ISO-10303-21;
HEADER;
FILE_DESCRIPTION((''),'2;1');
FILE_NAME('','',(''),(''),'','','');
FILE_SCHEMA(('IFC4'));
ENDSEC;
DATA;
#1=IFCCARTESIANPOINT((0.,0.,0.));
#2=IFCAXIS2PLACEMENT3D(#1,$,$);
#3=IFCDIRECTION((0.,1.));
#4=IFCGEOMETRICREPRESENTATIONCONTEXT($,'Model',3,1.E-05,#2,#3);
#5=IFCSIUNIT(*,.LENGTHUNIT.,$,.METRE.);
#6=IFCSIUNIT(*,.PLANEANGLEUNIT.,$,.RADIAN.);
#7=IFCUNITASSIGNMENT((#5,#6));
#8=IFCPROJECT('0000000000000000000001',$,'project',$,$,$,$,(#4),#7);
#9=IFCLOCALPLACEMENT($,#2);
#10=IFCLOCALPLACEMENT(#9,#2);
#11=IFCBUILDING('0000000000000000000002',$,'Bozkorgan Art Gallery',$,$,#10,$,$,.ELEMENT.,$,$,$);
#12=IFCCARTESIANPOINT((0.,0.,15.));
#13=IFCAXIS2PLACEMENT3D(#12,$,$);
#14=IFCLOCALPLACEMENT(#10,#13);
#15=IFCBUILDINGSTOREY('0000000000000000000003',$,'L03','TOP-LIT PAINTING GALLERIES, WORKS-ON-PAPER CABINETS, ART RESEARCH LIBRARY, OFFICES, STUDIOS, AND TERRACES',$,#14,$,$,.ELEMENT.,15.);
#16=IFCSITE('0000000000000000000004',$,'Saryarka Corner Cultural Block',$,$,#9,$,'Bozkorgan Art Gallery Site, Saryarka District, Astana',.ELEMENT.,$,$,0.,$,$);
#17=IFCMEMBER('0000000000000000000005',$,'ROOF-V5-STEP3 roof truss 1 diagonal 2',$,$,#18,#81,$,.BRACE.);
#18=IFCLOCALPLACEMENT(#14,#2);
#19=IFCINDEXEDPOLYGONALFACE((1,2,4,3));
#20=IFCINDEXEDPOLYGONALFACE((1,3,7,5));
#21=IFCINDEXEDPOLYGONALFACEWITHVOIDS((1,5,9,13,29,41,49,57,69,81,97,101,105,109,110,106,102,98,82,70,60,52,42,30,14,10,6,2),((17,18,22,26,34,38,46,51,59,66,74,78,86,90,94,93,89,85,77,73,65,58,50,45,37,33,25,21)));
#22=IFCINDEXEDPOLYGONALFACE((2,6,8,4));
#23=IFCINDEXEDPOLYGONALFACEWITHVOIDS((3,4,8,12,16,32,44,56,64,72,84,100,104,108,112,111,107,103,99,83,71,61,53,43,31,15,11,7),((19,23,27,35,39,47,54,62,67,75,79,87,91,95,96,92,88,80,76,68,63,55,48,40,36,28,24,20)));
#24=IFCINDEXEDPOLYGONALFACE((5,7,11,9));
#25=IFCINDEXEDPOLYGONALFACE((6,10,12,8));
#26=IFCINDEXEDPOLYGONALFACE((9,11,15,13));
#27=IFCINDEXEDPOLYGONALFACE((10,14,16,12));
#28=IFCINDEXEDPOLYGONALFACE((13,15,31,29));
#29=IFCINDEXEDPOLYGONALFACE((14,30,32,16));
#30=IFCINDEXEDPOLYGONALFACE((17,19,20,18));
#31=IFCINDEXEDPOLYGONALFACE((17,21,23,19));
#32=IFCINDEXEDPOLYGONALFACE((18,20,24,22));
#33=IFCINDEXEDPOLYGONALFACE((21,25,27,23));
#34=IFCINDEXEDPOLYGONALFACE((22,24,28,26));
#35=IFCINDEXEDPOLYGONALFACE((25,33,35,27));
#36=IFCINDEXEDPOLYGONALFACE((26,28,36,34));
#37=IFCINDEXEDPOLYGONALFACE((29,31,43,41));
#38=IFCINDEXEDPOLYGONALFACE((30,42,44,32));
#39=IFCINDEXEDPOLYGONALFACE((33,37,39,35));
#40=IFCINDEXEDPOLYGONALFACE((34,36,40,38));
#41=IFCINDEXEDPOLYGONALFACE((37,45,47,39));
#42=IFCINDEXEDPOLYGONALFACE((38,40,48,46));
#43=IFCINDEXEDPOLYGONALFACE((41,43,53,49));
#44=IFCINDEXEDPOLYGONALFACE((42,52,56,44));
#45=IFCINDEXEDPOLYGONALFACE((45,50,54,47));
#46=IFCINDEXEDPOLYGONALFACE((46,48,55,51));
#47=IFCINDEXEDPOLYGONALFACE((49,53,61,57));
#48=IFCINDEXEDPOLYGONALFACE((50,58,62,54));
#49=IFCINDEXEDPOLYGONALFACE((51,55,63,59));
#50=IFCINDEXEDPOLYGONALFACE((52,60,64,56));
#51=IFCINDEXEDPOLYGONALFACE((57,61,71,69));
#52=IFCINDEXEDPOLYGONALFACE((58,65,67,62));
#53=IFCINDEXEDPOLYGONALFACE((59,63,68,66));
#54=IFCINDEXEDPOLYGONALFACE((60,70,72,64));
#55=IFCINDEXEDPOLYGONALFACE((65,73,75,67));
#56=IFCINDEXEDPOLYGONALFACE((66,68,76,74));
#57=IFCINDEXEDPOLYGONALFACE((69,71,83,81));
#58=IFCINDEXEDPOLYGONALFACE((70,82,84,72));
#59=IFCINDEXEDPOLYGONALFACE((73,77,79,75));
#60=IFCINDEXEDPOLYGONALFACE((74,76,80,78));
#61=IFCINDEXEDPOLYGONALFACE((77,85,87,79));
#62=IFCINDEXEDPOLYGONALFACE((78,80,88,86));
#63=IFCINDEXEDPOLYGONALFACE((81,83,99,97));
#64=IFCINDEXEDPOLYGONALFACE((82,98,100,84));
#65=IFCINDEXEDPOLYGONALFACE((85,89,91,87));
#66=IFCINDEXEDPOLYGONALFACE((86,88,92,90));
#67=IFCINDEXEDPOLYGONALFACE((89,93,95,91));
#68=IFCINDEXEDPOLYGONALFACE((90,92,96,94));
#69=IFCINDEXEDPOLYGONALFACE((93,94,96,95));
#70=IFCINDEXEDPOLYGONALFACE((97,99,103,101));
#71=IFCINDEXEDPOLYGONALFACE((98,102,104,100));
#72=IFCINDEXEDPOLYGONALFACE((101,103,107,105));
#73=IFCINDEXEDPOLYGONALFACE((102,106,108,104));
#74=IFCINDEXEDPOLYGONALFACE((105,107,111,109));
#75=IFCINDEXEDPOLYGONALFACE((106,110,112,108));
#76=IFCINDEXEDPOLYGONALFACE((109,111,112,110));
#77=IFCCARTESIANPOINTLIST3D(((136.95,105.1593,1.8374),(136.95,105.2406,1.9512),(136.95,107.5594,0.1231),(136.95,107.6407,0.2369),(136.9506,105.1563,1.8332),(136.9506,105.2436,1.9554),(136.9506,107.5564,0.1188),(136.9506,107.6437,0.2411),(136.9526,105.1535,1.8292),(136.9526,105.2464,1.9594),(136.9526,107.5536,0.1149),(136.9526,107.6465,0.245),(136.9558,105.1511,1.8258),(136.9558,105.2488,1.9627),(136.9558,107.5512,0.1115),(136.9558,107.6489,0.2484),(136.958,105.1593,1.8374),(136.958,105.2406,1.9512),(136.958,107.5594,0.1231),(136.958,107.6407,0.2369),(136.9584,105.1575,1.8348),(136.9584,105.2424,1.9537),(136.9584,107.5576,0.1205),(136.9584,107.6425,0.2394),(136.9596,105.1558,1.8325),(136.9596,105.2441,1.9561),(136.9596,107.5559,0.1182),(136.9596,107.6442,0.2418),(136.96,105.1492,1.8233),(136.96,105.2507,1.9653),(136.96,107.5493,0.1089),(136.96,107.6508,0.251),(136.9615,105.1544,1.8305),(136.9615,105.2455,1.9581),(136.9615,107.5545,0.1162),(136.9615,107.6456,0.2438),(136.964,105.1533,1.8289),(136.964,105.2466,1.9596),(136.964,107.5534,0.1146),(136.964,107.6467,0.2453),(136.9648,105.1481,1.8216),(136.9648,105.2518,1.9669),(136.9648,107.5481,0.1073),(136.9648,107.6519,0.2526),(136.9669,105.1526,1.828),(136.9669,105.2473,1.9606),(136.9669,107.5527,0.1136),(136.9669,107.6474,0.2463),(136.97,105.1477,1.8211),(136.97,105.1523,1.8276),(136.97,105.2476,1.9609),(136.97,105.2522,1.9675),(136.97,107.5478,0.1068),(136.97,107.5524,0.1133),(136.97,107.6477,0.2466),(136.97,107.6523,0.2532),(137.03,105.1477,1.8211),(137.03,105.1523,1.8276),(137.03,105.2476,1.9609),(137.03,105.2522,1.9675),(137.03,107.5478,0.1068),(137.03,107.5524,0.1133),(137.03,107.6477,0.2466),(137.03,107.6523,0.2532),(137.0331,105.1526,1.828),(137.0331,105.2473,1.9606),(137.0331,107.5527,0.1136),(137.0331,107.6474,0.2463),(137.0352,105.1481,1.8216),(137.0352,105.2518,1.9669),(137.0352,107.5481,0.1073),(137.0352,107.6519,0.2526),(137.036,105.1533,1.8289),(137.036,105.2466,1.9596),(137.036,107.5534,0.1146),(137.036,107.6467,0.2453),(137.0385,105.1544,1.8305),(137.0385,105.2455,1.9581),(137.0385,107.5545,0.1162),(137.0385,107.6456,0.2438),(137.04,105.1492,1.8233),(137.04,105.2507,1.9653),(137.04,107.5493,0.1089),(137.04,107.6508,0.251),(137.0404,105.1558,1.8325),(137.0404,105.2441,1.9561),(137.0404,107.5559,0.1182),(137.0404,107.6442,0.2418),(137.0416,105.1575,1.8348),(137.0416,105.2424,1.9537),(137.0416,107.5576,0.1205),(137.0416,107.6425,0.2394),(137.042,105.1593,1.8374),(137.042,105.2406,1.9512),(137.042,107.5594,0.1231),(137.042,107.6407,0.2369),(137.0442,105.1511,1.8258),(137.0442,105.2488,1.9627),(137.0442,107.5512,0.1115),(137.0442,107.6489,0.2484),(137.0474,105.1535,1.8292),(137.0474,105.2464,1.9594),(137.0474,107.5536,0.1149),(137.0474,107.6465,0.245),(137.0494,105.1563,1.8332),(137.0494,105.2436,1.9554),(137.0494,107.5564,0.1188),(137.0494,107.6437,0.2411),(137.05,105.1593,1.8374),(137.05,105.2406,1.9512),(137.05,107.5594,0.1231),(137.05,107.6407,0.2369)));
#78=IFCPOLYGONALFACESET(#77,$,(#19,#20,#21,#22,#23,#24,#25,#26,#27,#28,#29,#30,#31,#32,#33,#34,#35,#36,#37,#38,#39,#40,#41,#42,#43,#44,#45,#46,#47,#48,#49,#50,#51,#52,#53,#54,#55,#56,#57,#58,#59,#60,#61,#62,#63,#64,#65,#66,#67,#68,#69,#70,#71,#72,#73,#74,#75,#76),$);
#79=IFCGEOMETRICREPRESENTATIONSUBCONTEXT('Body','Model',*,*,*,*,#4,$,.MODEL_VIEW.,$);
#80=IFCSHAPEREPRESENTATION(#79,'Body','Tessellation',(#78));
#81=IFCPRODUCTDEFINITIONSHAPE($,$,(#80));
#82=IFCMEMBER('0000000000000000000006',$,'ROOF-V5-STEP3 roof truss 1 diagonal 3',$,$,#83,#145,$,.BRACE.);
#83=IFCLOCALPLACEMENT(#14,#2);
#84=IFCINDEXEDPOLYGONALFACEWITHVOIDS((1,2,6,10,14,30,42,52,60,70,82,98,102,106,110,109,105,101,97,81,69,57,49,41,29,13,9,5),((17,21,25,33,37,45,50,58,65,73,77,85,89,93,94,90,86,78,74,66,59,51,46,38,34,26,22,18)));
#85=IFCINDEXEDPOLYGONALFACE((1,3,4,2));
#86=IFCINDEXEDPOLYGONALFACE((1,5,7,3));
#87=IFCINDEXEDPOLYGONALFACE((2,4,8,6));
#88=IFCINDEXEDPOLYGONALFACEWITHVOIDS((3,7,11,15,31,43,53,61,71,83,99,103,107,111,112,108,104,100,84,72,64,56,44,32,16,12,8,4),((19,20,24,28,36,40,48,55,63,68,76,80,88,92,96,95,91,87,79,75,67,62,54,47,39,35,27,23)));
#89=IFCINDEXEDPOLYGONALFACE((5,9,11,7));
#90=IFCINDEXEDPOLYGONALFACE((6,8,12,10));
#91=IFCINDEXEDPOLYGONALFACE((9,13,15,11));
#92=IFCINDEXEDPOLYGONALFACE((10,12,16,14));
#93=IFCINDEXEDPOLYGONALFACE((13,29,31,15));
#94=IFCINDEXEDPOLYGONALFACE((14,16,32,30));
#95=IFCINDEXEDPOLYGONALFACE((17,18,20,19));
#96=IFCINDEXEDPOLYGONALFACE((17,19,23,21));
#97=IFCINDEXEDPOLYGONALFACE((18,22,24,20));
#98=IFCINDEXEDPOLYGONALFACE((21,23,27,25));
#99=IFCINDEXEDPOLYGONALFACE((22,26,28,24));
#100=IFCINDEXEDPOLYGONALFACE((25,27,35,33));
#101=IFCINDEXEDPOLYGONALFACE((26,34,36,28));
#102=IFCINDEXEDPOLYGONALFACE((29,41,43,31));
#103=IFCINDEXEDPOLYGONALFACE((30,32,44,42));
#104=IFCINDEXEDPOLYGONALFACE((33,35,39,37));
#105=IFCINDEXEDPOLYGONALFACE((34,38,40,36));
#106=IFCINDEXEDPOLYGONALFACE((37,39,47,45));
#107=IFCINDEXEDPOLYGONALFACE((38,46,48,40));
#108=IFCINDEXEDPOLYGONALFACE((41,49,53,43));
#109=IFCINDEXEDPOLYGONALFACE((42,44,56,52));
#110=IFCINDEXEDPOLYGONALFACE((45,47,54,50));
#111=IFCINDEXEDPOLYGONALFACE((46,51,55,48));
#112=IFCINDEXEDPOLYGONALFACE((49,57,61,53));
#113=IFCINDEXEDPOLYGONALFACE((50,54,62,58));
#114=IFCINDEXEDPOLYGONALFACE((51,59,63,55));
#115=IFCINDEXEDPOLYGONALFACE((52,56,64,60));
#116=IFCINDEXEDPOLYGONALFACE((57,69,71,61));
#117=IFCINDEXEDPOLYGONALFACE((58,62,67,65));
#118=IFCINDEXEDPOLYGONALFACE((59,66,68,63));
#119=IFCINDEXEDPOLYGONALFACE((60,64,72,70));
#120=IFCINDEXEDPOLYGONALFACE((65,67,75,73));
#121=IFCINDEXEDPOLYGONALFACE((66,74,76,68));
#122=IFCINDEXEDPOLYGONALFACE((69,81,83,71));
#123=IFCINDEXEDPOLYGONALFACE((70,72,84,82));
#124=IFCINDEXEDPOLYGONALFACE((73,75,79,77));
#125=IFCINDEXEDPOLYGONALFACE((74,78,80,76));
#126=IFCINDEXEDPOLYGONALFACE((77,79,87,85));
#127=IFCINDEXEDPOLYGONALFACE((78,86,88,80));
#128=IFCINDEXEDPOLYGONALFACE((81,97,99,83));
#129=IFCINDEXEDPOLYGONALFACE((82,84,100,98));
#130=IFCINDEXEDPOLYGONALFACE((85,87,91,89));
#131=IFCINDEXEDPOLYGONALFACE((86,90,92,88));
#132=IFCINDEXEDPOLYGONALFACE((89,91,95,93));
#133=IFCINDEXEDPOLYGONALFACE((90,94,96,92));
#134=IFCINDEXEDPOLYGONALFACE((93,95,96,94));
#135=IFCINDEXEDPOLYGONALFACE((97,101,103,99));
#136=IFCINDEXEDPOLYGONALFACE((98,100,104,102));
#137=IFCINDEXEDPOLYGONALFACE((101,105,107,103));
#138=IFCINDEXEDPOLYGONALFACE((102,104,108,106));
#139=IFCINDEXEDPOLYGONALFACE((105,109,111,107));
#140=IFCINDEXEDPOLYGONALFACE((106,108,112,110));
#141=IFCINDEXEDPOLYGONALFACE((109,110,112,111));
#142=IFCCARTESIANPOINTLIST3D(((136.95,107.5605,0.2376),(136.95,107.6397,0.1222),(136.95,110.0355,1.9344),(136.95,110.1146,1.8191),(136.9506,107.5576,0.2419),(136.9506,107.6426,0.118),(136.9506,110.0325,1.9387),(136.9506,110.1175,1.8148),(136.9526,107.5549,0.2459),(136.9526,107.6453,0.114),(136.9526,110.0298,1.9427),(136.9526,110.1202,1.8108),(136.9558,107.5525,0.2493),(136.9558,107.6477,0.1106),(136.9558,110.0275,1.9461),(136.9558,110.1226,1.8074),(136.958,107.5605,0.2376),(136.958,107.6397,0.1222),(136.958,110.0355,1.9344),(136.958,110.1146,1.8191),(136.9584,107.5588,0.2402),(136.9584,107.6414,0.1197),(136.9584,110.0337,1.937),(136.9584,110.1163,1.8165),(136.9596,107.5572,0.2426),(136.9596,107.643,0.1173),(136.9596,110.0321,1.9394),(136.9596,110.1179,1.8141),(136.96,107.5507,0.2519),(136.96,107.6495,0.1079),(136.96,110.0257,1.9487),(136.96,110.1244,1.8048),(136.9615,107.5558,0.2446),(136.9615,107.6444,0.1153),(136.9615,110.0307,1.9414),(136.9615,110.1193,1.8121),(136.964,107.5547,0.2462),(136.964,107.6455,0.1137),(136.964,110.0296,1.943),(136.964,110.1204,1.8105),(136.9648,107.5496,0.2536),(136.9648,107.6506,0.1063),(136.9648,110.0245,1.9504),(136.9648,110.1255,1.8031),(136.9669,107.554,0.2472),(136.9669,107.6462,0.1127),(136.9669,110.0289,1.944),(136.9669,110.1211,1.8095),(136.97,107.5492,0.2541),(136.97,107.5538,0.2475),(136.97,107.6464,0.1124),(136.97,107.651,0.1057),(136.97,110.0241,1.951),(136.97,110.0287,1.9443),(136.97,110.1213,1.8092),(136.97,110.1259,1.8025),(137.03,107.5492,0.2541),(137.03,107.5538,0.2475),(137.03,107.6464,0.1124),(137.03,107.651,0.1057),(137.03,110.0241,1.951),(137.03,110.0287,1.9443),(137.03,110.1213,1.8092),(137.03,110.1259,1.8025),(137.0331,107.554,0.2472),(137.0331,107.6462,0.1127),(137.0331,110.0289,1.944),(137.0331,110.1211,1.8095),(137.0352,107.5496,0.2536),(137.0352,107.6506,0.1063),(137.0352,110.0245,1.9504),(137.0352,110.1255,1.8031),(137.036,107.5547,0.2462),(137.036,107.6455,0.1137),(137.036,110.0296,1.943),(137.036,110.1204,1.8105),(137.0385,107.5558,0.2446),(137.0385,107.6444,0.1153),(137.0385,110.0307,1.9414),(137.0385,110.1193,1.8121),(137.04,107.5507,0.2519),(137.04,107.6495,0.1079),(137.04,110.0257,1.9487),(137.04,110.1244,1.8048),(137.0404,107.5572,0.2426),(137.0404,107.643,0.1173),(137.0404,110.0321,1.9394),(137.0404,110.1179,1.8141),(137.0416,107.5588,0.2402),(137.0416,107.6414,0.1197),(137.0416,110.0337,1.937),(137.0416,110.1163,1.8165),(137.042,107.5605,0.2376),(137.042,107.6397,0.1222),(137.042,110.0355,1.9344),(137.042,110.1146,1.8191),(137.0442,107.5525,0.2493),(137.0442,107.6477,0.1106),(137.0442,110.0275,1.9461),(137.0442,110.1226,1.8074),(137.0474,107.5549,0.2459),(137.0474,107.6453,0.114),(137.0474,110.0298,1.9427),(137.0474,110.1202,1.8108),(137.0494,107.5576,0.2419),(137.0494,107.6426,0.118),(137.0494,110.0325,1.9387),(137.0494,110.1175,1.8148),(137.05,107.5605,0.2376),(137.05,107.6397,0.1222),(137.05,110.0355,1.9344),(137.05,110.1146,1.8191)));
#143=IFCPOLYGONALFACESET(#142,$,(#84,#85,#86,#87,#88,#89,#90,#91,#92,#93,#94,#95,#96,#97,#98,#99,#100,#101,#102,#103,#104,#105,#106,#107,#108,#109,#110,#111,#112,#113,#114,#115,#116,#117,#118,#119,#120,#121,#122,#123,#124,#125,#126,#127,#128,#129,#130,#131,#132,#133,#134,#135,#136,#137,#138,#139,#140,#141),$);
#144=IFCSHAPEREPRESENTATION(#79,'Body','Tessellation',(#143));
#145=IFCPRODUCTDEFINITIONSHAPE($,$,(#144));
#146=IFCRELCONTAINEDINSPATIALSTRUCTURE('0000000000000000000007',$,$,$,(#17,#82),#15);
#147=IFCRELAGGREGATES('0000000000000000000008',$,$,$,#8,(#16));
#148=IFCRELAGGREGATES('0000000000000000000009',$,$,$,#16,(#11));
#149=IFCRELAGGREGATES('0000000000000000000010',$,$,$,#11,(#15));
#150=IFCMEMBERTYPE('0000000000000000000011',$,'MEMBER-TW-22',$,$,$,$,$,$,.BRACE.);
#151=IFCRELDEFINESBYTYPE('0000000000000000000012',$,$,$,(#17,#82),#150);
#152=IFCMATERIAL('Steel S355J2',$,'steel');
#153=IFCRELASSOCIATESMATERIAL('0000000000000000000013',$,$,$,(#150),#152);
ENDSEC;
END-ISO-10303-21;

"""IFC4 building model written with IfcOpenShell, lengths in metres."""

from ifc_helpers import new_model, si_unit, direction, frame, origin, origin_2d, place, context, subcontext, project, spatial, hollow_rectangle, extrude, material, material_profile, profile_set, type_object, element, save


model = new_model("IFC4")

# Units and contexts
model_context = context("Model", 3, precision=1e-05, world=origin(), true_north=direction((0.0, 1.0)))
body_context = subcontext(model_context, "Body", "Model", "MODEL_VIEW")
ifc_project = project(units=[si_unit("LENGTHUNIT", "METRE"), si_unit("PLANEANGLEUNIT", "RADIAN")], contexts=[model_context])

# Site, building, storey
site_placement = place(None, origin())
site = spatial("IfcSite", under=ifc_project, at=site_placement, Name="Saryarka Corner Cultural Block", LongName="Bozkorgan Art Gallery Site, Saryarka District, Astana", CompositionType="ELEMENT", RefElevation=0.0)
building_placement = place(site_placement, origin())
building = spatial("IfcBuilding", under=site, at=building_placement, Name="Bozkorgan Art Gallery", CompositionType="ELEMENT")
storey_placement = place(building_placement, frame((0.0, 0.0, 15.0)))
storey = spatial("IfcBuildingStorey", under=building, at=storey_placement, Name="L03", Description="TOP-LIT PAINTING GALLERIES, WORKS-ON-PAPER CABINETS, ART RESEARCH LIBRARY, OFFICES, STUDIOS, AND TERRACES", CompositionType="ELEMENT", Elevation=15.0)

# Shared definitions
ifc_material_1 = material(Name="Steel S355J2", Category="steel")

# Members
ifc_material_profile_1 = material_profile(ifc_material_1, hollow_rectangle(XDim=0.1001, YDim=0.1799, WallThickness=0.0081, InnerFilletRadius=0.012, OuterFilletRadius=0.02, at=origin_2d()), Name="RHS 180x100x8")
ifc_profile_set_1 = profile_set([ifc_material_profile_1], Name="Steel S355J2")
member_type_1 = type_object("IfcMemberType", Name="MEMBER-TW-22", PredefinedType="BRACE", material=ifc_profile_set_1)
member_1_placement = place(storey_placement, frame((137.0, 105.2, 1.8943), z_axis=(0.0, 0.813739, -0.58123), x_axis=(-1.0, 0.0, 0.0)))
element("IfcMember", 1, at=member_1_placement, inside=storey, type_object=member_type_1, Name="ROOF-V5-STEP3 roof truss 1 diagonal 2", PredefinedType="BRACE", context=body_context, shape_type="SweptSolid", body=[
    extrude(hollow_rectangle(XDim=0.1001, YDim=0.1799, WallThickness=0.0081, InnerFilletRadius=0.012, OuterFilletRadius=0.02, at=origin_2d()), origin(), (0.0, 0.0, 1.0), 2.9495),
])
member_2_placement = place(storey_placement, frame((137.0, 107.6001, 0.1799), z_axis=(0.0, 0.82477, 0.565468), x_axis=(-1.0, 0.0, 0.0)))
element("IfcMember", 2, at=member_2_placement, inside=storey, type_object=member_type_1, Name="ROOF-V5-STEP3 roof truss 1 diagonal 3", PredefinedType="BRACE", context=body_context, shape_type="SweptSolid", body=[
    extrude(hollow_rectangle(XDim=0.1001, YDim=0.1799, WallThickness=0.0081, InnerFilletRadius=0.012, OuterFilletRadius=0.02, at=origin_2d()), origin(), (0.0, 0.0, 1.0), 3.0007),
])

save(model, "model.ifc")
